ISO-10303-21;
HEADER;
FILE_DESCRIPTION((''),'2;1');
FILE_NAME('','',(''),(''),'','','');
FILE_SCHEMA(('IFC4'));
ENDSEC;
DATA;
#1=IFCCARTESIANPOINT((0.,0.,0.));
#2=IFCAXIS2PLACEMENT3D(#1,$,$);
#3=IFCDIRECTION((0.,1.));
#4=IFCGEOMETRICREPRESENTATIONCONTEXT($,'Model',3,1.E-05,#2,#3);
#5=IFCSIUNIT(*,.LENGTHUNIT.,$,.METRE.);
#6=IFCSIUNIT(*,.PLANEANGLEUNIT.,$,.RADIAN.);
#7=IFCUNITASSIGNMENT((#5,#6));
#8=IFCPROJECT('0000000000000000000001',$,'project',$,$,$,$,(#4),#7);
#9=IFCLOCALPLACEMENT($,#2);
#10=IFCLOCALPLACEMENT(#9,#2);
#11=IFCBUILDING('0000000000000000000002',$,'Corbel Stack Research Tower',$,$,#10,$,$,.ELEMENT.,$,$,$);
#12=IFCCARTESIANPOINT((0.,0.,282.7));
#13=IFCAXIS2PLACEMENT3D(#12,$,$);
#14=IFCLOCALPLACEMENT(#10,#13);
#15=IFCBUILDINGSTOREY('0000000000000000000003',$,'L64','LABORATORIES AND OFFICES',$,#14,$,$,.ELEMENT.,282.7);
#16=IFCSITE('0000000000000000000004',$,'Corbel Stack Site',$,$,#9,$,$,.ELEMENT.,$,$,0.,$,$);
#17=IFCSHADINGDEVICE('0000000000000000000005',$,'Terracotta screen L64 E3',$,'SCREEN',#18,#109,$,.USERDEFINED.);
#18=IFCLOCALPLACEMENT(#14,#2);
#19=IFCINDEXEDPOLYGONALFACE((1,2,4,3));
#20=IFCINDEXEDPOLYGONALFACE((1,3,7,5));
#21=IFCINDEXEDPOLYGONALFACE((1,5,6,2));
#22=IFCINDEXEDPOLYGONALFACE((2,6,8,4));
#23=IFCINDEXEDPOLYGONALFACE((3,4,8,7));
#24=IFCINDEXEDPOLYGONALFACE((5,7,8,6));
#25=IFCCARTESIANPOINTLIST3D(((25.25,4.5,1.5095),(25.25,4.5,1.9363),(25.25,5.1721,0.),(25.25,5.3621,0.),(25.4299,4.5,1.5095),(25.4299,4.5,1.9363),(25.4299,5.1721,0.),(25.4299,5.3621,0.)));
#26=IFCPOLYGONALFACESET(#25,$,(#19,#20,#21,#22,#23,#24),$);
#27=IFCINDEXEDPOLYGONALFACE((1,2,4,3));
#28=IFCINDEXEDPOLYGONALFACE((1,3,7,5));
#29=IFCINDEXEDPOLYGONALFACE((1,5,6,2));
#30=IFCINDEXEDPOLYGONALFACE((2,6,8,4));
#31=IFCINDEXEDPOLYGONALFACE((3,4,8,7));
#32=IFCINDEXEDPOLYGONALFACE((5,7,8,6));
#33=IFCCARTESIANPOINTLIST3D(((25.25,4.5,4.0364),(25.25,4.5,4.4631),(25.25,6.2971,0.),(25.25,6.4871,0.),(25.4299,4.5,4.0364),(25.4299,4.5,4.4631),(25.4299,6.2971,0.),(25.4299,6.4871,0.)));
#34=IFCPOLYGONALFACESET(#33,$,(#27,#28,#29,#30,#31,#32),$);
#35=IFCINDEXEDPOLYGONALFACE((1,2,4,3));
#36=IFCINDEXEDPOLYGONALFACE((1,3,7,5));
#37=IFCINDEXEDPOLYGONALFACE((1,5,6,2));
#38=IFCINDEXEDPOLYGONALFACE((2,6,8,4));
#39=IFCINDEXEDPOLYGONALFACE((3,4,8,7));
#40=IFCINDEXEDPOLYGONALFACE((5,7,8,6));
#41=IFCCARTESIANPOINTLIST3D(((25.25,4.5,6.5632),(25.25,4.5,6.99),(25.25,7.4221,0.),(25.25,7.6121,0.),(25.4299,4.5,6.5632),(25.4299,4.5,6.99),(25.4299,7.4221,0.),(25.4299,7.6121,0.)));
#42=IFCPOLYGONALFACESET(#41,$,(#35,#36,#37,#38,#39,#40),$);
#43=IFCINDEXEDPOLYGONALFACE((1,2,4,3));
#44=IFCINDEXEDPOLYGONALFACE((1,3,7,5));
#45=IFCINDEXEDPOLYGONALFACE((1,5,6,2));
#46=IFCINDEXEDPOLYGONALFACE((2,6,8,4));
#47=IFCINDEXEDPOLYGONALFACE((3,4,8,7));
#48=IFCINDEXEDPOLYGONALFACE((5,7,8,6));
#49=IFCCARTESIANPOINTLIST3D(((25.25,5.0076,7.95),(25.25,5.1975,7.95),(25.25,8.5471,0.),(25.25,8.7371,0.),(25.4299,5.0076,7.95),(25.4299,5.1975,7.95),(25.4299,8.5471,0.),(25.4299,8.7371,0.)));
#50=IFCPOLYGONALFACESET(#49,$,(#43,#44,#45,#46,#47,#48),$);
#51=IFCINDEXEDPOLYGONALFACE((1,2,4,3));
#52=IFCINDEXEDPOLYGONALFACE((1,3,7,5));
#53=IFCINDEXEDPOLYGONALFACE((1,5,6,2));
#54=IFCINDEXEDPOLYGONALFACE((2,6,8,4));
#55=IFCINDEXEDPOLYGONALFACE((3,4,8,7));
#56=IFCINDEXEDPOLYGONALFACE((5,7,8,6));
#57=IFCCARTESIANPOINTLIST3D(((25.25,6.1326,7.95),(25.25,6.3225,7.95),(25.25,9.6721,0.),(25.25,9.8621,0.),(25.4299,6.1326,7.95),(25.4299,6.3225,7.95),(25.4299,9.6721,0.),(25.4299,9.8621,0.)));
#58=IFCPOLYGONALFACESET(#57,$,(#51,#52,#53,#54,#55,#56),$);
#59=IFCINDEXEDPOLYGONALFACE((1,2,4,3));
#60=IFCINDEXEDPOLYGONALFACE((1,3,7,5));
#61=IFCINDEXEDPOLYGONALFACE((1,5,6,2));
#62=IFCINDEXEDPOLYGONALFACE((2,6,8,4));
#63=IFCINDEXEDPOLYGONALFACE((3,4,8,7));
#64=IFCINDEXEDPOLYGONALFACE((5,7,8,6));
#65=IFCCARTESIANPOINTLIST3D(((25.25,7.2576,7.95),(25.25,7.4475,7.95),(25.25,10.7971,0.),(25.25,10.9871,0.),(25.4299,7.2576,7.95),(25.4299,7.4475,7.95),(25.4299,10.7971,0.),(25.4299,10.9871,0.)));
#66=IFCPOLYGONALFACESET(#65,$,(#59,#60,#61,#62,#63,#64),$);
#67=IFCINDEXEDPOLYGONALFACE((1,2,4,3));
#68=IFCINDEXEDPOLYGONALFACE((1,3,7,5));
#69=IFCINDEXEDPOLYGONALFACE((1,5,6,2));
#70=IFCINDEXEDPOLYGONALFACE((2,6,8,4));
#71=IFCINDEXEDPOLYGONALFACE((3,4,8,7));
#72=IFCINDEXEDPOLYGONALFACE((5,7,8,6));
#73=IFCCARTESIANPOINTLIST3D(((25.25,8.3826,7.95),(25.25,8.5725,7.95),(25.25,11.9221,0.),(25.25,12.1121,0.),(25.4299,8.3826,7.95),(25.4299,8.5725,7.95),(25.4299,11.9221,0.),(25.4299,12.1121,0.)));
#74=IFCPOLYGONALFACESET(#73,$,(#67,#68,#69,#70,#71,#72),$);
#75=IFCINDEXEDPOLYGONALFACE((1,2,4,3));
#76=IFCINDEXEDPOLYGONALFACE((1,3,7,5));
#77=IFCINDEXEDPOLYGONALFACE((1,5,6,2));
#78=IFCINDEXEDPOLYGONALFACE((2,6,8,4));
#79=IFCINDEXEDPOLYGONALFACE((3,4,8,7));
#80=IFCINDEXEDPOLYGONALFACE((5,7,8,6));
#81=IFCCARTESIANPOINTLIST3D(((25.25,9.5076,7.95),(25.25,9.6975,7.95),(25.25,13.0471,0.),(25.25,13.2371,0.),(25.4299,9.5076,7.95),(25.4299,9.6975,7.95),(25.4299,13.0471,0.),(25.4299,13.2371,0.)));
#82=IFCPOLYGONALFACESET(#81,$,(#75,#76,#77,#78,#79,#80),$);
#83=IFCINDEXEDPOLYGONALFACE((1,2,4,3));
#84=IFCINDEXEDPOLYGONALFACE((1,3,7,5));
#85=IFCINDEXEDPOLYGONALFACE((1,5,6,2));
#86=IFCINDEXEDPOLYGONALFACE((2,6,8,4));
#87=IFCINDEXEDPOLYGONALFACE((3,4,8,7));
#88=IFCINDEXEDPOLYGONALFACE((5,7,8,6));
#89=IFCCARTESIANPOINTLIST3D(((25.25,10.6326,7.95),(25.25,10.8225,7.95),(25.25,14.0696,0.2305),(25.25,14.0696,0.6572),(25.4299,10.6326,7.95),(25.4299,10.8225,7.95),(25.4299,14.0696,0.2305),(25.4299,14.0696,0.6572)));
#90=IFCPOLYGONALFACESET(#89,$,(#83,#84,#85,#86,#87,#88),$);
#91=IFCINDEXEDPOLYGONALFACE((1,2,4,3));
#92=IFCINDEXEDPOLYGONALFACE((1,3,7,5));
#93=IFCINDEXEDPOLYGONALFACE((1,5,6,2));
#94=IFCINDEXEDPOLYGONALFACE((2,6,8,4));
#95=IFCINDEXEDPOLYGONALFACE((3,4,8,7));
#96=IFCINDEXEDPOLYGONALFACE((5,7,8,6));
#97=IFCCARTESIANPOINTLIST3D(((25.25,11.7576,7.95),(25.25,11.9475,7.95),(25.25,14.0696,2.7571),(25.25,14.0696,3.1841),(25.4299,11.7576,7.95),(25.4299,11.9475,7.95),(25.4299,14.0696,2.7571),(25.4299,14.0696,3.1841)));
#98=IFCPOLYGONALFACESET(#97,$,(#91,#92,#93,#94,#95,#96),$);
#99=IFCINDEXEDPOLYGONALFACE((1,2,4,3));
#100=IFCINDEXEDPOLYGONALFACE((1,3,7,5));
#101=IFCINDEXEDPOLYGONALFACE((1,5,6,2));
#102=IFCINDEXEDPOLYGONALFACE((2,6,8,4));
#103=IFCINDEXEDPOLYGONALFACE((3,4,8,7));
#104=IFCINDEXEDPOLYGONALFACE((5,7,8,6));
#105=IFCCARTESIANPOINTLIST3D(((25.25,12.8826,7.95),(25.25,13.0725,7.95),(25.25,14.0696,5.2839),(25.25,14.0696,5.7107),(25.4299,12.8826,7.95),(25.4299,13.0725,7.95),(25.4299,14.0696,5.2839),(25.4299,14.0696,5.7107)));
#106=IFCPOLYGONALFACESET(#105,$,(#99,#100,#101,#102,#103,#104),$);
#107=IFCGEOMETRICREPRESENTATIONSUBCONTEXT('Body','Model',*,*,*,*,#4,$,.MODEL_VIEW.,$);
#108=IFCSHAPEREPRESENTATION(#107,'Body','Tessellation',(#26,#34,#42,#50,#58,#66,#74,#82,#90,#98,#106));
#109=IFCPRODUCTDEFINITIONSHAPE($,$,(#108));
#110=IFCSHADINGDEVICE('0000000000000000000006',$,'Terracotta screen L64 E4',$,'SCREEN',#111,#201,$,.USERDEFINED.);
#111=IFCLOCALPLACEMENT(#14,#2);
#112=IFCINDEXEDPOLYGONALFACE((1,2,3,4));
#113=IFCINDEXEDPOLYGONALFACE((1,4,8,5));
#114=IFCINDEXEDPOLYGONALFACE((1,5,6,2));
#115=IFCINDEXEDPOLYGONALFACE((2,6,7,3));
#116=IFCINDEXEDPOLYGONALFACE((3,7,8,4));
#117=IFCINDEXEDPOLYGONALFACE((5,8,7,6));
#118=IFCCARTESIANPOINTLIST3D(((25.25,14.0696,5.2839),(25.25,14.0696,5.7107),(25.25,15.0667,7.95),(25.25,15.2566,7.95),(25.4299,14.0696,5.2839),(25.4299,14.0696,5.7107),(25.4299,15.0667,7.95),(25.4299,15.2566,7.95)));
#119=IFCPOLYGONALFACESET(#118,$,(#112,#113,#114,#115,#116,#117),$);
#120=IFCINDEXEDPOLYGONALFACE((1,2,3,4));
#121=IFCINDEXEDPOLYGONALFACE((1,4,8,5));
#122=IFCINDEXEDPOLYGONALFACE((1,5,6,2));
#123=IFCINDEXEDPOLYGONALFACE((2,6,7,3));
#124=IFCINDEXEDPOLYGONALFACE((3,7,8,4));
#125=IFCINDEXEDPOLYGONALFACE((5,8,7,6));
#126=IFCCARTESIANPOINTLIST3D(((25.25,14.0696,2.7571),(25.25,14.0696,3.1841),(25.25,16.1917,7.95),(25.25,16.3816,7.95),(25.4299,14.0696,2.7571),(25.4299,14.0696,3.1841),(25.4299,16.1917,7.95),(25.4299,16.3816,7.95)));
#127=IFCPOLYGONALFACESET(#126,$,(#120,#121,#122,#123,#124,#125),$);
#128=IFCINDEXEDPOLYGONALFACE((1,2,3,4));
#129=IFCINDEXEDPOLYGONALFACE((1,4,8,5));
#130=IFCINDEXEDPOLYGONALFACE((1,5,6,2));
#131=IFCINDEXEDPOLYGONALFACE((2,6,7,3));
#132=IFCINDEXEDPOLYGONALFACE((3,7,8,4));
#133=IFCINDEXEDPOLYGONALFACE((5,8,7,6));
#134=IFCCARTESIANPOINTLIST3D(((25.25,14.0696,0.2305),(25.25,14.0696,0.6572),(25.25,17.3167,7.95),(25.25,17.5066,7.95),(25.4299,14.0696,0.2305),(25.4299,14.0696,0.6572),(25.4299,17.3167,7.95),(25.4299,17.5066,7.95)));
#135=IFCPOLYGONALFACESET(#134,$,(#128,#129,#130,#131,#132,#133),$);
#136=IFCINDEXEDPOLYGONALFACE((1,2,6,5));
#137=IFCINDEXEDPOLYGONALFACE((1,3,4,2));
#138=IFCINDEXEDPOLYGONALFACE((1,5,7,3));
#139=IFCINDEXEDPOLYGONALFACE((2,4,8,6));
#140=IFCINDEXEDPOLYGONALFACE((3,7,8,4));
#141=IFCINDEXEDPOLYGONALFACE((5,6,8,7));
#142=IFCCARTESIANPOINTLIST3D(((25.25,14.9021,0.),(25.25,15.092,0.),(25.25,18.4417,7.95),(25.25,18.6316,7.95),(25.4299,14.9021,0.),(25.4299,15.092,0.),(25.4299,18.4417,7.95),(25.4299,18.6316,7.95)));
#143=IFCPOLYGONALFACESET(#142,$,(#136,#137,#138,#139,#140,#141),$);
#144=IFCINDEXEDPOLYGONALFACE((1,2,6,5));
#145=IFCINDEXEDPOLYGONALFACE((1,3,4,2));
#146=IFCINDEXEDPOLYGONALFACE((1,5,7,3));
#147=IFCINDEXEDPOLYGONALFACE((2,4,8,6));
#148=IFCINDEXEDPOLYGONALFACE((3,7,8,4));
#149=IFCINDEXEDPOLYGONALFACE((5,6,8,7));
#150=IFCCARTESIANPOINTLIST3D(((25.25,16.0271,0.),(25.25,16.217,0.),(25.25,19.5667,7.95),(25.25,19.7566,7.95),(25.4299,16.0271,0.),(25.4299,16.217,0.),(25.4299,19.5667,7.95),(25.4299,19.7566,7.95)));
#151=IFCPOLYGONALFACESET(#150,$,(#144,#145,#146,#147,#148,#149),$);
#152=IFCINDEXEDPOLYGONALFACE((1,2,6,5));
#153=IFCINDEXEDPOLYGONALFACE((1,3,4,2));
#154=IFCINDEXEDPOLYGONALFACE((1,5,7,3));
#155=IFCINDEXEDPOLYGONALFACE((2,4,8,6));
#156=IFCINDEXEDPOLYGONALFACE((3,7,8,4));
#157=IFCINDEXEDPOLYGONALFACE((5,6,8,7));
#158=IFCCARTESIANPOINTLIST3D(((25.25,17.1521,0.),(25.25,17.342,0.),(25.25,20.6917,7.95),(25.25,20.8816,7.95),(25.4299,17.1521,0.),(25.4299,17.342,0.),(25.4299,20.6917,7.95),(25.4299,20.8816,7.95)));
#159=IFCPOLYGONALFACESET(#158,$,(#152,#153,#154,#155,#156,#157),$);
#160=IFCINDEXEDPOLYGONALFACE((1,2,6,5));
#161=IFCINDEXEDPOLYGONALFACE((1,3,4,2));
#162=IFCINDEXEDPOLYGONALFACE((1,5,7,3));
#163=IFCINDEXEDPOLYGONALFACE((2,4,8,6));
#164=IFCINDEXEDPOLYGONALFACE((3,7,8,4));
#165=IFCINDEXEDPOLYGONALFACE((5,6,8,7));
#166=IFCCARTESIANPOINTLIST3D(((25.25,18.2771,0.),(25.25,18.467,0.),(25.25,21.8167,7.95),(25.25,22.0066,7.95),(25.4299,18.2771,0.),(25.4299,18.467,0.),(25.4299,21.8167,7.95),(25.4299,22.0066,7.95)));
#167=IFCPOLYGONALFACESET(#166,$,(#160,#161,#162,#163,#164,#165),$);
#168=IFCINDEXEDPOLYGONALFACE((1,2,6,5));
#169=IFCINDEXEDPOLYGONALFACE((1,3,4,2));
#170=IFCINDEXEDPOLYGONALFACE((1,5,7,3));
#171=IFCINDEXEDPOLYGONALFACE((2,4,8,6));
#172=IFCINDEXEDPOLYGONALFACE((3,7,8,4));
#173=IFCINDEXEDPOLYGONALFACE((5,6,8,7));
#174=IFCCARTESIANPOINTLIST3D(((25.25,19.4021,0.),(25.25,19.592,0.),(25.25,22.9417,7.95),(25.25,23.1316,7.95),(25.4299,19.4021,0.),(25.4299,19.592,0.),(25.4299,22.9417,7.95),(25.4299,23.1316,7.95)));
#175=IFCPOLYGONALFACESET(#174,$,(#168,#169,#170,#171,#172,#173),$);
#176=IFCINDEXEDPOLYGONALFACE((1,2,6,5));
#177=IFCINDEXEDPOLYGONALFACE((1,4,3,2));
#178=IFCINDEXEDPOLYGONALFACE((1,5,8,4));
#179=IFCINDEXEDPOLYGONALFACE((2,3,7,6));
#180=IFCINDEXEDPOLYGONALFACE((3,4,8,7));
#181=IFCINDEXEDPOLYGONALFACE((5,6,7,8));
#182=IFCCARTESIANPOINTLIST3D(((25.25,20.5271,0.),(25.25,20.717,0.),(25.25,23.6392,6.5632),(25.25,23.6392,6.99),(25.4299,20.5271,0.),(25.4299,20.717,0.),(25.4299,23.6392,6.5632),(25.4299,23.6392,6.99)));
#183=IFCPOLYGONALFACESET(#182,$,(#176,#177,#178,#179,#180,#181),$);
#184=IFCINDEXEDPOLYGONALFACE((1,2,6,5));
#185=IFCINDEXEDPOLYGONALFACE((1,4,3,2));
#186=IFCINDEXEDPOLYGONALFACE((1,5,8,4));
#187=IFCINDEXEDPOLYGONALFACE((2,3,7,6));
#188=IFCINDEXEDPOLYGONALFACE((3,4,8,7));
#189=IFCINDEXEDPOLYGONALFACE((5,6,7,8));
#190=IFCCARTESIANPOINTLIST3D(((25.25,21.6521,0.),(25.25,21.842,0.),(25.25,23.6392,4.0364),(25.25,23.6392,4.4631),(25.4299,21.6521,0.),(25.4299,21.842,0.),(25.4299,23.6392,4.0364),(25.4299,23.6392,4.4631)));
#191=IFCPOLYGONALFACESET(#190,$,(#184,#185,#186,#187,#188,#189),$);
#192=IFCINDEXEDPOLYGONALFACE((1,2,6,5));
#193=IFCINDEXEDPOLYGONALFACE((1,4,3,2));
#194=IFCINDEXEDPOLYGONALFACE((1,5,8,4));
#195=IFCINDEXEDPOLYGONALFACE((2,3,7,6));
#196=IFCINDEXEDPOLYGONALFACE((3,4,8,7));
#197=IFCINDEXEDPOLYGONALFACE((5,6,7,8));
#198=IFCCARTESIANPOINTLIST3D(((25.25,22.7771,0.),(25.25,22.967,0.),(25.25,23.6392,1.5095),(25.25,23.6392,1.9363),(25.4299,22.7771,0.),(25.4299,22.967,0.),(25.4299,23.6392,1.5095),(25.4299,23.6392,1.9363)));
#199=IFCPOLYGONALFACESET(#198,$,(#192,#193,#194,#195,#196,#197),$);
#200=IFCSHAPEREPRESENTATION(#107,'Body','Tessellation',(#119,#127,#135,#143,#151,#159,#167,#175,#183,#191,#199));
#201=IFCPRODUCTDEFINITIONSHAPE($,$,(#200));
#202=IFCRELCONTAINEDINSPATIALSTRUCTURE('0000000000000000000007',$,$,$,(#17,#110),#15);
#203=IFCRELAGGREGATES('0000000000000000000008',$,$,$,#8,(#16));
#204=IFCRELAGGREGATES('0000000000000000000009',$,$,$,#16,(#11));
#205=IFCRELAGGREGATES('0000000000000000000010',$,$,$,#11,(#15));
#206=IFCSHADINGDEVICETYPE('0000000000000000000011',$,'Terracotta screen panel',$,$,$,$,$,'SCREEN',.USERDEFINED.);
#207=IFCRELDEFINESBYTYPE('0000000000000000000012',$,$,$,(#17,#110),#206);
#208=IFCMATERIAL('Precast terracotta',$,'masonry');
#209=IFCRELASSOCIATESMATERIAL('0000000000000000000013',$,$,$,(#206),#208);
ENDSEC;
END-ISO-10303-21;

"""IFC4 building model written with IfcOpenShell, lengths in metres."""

from ifc_helpers import new_model, si_unit, direction, frame, origin, place, context, subcontext, project, spatial, polyline, outline, extrude, source, transform, mapped, material, type_object, element, save


model = new_model("IFC4")

# Units and contexts
model_context = context("Model", 3, precision=1e-05, world=origin(), true_north=direction((0.0, 1.0)))
body_context = subcontext(model_context, "Body", "Model", "MODEL_VIEW")
ifc_project = project(units=[si_unit("LENGTHUNIT", "METRE"), si_unit("PLANEANGLEUNIT", "RADIAN")], contexts=[model_context])

# Site, building, storey
site_placement = place(None, origin())
site = spatial("IfcSite", under=ifc_project, at=site_placement, Name="Corbel Stack Site", CompositionType="ELEMENT", RefElevation=0.0)
building_placement = place(site_placement, origin())
building = spatial("IfcBuilding", under=site, at=building_placement, Name="Corbel Stack Research Tower", CompositionType="ELEMENT")
storey_placement = place(building_placement, frame((0.0, 0.0, 282.7)))
storey = spatial("IfcBuildingStorey", under=building, at=storey_placement, Name="L64", Description="LABORATORIES AND OFFICES", CompositionType="ELEMENT", Elevation=282.7)

# Shading devices
ifc_material_1 = material(Name="Precast terracotta", Category="masonry")
shading_device_type = type_object("IfcShadingDeviceType", Name="Terracotta screen panel", ElementType="SCREEN", PredefinedType="USERDEFINED", material=ifc_material_1)
shared_shape_1 = source(origin(), body_context, "Body", "SweptSolid", [
    extrude(outline(polyline([(0.8621, 0.0), (0.0, 1.9363), (0.0, 1.5095), (0.6721, 0.0), (0.8621, 0.0)])), frame((0.0, 0.0, 0.0), z_axis=(0.0, -1.0, 0.0), x_axis=(1.0, 0.0, 0.0)), (0.0, 0.0, 1.0), 0.1799),
    extrude(outline(polyline([(1.9871, 0.0), (0.0, 4.4631), (0.0, 4.0364), (1.7971, 0.0), (1.9871, 0.0)])), frame((0.0, 0.0, 0.0), z_axis=(0.0, -1.0, 0.0), x_axis=(1.0, 0.0, 0.0)), (0.0, 0.0, 1.0), 0.1799),
    extrude(outline(polyline([(3.1121, 0.0), (0.0, 6.99), (0.0, 6.5632), (2.9221, 0.0), (3.1121, 0.0)])), frame((0.0, 0.0, 0.0), z_axis=(0.0, -1.0, 0.0), x_axis=(1.0, 0.0, 0.0)), (0.0, 0.0, 1.0), 0.1799),
    extrude(outline(polyline([(4.2371, 0.0), (0.6975, 7.95), (0.5076, 7.95), (4.0471, 0.0), (4.2371, 0.0)])), frame((0.0, 0.0, 0.0), z_axis=(0.0, -1.0, 0.0), x_axis=(1.0, 0.0, 0.0)), (0.0, 0.0, 1.0), 0.1799),
    extrude(outline(polyline([(5.3621, 0.0), (1.8225, 7.95), (1.6326, 7.95), (5.1721, 0.0), (5.3621, 0.0)])), frame((0.0, 0.0, 0.0), z_axis=(0.0, -1.0, 0.0), x_axis=(1.0, 0.0, 0.0)), (0.0, 0.0, 1.0), 0.1799),
    extrude(outline(polyline([(6.4871, 0.0), (2.9475, 7.95), (2.7576, 7.95), (6.2971, 0.0), (6.4871, 0.0)])), frame((0.0, 0.0, 0.0), z_axis=(0.0, -1.0, 0.0), x_axis=(1.0, 0.0, 0.0)), (0.0, 0.0, 1.0), 0.1799),
    extrude(outline(polyline([(7.6121, 0.0), (4.0725, 7.95), (3.8826, 7.95), (7.4221, 0.0), (7.6121, 0.0)])), frame((0.0, 0.0, 0.0), z_axis=(0.0, -1.0, 0.0), x_axis=(1.0, 0.0, 0.0)), (0.0, 0.0, 1.0), 0.1799),
    extrude(outline(polyline([(8.7371, 0.0), (5.1975, 7.95), (5.0076, 7.95), (8.5471, 0.0), (8.7371, 0.0)])), frame((0.0, 0.0, 0.0), z_axis=(0.0, -1.0, 0.0), x_axis=(1.0, 0.0, 0.0)), (0.0, 0.0, 1.0), 0.1799),
    extrude(outline(polyline([(6.3225, 7.95), (6.1326, 7.95), (9.5696, 0.2305), (9.5696, 0.6572), (6.3225, 7.95)])), frame((0.0, 0.0, 0.0), z_axis=(0.0, -1.0, 0.0), x_axis=(1.0, 0.0, 0.0)), (0.0, 0.0, 1.0), 0.1799),
    extrude(outline(polyline([(7.4475, 7.95), (7.2576, 7.95), (9.5696, 2.7571), (9.5696, 3.1841), (7.4475, 7.95)])), frame((0.0, 0.0, 0.0), z_axis=(0.0, -1.0, 0.0), x_axis=(1.0, 0.0, 0.0)), (0.0, 0.0, 1.0), 0.1799),
    extrude(outline(polyline([(8.5725, 7.95), (8.3826, 7.95), (9.5696, 5.2839), (9.5696, 5.7107), (8.5725, 7.95)])), frame((0.0, 0.0, 0.0), z_axis=(0.0, -1.0, 0.0), x_axis=(1.0, 0.0, 0.0)), (0.0, 0.0, 1.0), 0.1799),
])
shading_device_1_placement = place(storey_placement, frame((25.25, 4.5, 0.0), z_axis=(0.0, 0.0, 1.0), x_axis=(0.0, 1.0, 0.0)))
element("IfcShadingDevice", 1, at=shading_device_1_placement, inside=storey, type_object=shading_device_type, Name="Terracotta screen L64 E3", ObjectType="SCREEN", PredefinedType="USERDEFINED", context=body_context, shape_type="MappedRepresentation", body=[
    mapped(shared_shape_1, transform((0.0, 0.0, 0.0))),
])
shared_shape_2 = source(origin(), body_context, "Body", "SweptSolid", [
    extrude(outline(polyline([(1.187, 7.95), (0.9971, 7.95), (0.0, 5.7107), (0.0, 5.2839), (1.187, 7.95)])), frame((0.0, 0.0, 0.0), z_axis=(0.0, -1.0, 0.0), x_axis=(1.0, 0.0, 0.0)), (0.0, 0.0, 1.0), 0.1799),
    extrude(outline(polyline([(2.312, 7.95), (2.1221, 7.95), (0.0, 3.1841), (0.0, 2.7571), (2.312, 7.95)])), frame((0.0, 0.0, 0.0), z_axis=(0.0, -1.0, 0.0), x_axis=(1.0, 0.0, 0.0)), (0.0, 0.0, 1.0), 0.1799),
    extrude(outline(polyline([(3.437, 7.95), (3.2471, 7.95), (0.0, 0.6572), (0.0, 0.2305), (3.437, 7.95)])), frame((0.0, 0.0, 0.0), z_axis=(0.0, -1.0, 0.0), x_axis=(1.0, 0.0, 0.0)), (0.0, 0.0, 1.0), 0.1799),
    extrude(outline(polyline([(1.0225, 0.0), (4.562, 7.95), (4.3721, 7.95), (0.8325, 0.0), (1.0225, 0.0)])), frame((0.0, 0.0, 0.0), z_axis=(0.0, -1.0, 0.0), x_axis=(1.0, 0.0, 0.0)), (0.0, 0.0, 1.0), 0.1799),
    extrude(outline(polyline([(2.1475, 0.0), (5.687, 7.95), (5.4971, 7.95), (1.9575, 0.0), (2.1475, 0.0)])), frame((0.0, 0.0, 0.0), z_axis=(0.0, -1.0, 0.0), x_axis=(1.0, 0.0, 0.0)), (0.0, 0.0, 1.0), 0.1799),
    extrude(outline(polyline([(3.2725, 0.0), (6.812, 7.95), (6.6221, 7.95), (3.0825, 0.0), (3.2725, 0.0)])), frame((0.0, 0.0, 0.0), z_axis=(0.0, -1.0, 0.0), x_axis=(1.0, 0.0, 0.0)), (0.0, 0.0, 1.0), 0.1799),
    extrude(outline(polyline([(4.3975, 0.0), (7.937, 7.95), (7.7471, 7.95), (4.2075, 0.0), (4.3975, 0.0)])), frame((0.0, 0.0, 0.0), z_axis=(0.0, -1.0, 0.0), x_axis=(1.0, 0.0, 0.0)), (0.0, 0.0, 1.0), 0.1799),
    extrude(outline(polyline([(5.5225, 0.0), (9.062, 7.95), (8.8721, 7.95), (5.3325, 0.0), (5.5225, 0.0)])), frame((0.0, 0.0, 0.0), z_axis=(0.0, -1.0, 0.0), x_axis=(1.0, 0.0, 0.0)), (0.0, 0.0, 1.0), 0.1799),
    extrude(outline(polyline([(6.6475, 0.0), (9.5696, 6.5632), (9.5696, 6.99), (6.4575, 0.0), (6.6475, 0.0)])), frame((0.0, 0.0, 0.0), z_axis=(0.0, -1.0, 0.0), x_axis=(1.0, 0.0, 0.0)), (0.0, 0.0, 1.0), 0.1799),
    extrude(outline(polyline([(7.7725, 0.0), (9.5696, 4.0364), (9.5696, 4.4631), (7.5825, 0.0), (7.7725, 0.0)])), frame((0.0, 0.0, 0.0), z_axis=(0.0, -1.0, 0.0), x_axis=(1.0, 0.0, 0.0)), (0.0, 0.0, 1.0), 0.1799),
    extrude(outline(polyline([(8.8975, 0.0), (9.5696, 1.5095), (9.5696, 1.9363), (8.7075, 0.0), (8.8975, 0.0)])), frame((0.0, 0.0, 0.0), z_axis=(0.0, -1.0, 0.0), x_axis=(1.0, 0.0, 0.0)), (0.0, 0.0, 1.0), 0.1799),
])
shading_device_2_placement = place(storey_placement, frame((25.25, 14.0696, 0.0), z_axis=(0.0, 0.0, 1.0), x_axis=(0.0, 1.0, 0.0)))
element("IfcShadingDevice", 2, at=shading_device_2_placement, inside=storey, type_object=shading_device_type, Name="Terracotta screen L64 E4", ObjectType="SCREEN", PredefinedType="USERDEFINED", context=body_context, shape_type="MappedRepresentation", body=[
    mapped(shared_shape_2, transform((0.0, 0.0, 0.0))),
])

save(model, "model.ifc")
